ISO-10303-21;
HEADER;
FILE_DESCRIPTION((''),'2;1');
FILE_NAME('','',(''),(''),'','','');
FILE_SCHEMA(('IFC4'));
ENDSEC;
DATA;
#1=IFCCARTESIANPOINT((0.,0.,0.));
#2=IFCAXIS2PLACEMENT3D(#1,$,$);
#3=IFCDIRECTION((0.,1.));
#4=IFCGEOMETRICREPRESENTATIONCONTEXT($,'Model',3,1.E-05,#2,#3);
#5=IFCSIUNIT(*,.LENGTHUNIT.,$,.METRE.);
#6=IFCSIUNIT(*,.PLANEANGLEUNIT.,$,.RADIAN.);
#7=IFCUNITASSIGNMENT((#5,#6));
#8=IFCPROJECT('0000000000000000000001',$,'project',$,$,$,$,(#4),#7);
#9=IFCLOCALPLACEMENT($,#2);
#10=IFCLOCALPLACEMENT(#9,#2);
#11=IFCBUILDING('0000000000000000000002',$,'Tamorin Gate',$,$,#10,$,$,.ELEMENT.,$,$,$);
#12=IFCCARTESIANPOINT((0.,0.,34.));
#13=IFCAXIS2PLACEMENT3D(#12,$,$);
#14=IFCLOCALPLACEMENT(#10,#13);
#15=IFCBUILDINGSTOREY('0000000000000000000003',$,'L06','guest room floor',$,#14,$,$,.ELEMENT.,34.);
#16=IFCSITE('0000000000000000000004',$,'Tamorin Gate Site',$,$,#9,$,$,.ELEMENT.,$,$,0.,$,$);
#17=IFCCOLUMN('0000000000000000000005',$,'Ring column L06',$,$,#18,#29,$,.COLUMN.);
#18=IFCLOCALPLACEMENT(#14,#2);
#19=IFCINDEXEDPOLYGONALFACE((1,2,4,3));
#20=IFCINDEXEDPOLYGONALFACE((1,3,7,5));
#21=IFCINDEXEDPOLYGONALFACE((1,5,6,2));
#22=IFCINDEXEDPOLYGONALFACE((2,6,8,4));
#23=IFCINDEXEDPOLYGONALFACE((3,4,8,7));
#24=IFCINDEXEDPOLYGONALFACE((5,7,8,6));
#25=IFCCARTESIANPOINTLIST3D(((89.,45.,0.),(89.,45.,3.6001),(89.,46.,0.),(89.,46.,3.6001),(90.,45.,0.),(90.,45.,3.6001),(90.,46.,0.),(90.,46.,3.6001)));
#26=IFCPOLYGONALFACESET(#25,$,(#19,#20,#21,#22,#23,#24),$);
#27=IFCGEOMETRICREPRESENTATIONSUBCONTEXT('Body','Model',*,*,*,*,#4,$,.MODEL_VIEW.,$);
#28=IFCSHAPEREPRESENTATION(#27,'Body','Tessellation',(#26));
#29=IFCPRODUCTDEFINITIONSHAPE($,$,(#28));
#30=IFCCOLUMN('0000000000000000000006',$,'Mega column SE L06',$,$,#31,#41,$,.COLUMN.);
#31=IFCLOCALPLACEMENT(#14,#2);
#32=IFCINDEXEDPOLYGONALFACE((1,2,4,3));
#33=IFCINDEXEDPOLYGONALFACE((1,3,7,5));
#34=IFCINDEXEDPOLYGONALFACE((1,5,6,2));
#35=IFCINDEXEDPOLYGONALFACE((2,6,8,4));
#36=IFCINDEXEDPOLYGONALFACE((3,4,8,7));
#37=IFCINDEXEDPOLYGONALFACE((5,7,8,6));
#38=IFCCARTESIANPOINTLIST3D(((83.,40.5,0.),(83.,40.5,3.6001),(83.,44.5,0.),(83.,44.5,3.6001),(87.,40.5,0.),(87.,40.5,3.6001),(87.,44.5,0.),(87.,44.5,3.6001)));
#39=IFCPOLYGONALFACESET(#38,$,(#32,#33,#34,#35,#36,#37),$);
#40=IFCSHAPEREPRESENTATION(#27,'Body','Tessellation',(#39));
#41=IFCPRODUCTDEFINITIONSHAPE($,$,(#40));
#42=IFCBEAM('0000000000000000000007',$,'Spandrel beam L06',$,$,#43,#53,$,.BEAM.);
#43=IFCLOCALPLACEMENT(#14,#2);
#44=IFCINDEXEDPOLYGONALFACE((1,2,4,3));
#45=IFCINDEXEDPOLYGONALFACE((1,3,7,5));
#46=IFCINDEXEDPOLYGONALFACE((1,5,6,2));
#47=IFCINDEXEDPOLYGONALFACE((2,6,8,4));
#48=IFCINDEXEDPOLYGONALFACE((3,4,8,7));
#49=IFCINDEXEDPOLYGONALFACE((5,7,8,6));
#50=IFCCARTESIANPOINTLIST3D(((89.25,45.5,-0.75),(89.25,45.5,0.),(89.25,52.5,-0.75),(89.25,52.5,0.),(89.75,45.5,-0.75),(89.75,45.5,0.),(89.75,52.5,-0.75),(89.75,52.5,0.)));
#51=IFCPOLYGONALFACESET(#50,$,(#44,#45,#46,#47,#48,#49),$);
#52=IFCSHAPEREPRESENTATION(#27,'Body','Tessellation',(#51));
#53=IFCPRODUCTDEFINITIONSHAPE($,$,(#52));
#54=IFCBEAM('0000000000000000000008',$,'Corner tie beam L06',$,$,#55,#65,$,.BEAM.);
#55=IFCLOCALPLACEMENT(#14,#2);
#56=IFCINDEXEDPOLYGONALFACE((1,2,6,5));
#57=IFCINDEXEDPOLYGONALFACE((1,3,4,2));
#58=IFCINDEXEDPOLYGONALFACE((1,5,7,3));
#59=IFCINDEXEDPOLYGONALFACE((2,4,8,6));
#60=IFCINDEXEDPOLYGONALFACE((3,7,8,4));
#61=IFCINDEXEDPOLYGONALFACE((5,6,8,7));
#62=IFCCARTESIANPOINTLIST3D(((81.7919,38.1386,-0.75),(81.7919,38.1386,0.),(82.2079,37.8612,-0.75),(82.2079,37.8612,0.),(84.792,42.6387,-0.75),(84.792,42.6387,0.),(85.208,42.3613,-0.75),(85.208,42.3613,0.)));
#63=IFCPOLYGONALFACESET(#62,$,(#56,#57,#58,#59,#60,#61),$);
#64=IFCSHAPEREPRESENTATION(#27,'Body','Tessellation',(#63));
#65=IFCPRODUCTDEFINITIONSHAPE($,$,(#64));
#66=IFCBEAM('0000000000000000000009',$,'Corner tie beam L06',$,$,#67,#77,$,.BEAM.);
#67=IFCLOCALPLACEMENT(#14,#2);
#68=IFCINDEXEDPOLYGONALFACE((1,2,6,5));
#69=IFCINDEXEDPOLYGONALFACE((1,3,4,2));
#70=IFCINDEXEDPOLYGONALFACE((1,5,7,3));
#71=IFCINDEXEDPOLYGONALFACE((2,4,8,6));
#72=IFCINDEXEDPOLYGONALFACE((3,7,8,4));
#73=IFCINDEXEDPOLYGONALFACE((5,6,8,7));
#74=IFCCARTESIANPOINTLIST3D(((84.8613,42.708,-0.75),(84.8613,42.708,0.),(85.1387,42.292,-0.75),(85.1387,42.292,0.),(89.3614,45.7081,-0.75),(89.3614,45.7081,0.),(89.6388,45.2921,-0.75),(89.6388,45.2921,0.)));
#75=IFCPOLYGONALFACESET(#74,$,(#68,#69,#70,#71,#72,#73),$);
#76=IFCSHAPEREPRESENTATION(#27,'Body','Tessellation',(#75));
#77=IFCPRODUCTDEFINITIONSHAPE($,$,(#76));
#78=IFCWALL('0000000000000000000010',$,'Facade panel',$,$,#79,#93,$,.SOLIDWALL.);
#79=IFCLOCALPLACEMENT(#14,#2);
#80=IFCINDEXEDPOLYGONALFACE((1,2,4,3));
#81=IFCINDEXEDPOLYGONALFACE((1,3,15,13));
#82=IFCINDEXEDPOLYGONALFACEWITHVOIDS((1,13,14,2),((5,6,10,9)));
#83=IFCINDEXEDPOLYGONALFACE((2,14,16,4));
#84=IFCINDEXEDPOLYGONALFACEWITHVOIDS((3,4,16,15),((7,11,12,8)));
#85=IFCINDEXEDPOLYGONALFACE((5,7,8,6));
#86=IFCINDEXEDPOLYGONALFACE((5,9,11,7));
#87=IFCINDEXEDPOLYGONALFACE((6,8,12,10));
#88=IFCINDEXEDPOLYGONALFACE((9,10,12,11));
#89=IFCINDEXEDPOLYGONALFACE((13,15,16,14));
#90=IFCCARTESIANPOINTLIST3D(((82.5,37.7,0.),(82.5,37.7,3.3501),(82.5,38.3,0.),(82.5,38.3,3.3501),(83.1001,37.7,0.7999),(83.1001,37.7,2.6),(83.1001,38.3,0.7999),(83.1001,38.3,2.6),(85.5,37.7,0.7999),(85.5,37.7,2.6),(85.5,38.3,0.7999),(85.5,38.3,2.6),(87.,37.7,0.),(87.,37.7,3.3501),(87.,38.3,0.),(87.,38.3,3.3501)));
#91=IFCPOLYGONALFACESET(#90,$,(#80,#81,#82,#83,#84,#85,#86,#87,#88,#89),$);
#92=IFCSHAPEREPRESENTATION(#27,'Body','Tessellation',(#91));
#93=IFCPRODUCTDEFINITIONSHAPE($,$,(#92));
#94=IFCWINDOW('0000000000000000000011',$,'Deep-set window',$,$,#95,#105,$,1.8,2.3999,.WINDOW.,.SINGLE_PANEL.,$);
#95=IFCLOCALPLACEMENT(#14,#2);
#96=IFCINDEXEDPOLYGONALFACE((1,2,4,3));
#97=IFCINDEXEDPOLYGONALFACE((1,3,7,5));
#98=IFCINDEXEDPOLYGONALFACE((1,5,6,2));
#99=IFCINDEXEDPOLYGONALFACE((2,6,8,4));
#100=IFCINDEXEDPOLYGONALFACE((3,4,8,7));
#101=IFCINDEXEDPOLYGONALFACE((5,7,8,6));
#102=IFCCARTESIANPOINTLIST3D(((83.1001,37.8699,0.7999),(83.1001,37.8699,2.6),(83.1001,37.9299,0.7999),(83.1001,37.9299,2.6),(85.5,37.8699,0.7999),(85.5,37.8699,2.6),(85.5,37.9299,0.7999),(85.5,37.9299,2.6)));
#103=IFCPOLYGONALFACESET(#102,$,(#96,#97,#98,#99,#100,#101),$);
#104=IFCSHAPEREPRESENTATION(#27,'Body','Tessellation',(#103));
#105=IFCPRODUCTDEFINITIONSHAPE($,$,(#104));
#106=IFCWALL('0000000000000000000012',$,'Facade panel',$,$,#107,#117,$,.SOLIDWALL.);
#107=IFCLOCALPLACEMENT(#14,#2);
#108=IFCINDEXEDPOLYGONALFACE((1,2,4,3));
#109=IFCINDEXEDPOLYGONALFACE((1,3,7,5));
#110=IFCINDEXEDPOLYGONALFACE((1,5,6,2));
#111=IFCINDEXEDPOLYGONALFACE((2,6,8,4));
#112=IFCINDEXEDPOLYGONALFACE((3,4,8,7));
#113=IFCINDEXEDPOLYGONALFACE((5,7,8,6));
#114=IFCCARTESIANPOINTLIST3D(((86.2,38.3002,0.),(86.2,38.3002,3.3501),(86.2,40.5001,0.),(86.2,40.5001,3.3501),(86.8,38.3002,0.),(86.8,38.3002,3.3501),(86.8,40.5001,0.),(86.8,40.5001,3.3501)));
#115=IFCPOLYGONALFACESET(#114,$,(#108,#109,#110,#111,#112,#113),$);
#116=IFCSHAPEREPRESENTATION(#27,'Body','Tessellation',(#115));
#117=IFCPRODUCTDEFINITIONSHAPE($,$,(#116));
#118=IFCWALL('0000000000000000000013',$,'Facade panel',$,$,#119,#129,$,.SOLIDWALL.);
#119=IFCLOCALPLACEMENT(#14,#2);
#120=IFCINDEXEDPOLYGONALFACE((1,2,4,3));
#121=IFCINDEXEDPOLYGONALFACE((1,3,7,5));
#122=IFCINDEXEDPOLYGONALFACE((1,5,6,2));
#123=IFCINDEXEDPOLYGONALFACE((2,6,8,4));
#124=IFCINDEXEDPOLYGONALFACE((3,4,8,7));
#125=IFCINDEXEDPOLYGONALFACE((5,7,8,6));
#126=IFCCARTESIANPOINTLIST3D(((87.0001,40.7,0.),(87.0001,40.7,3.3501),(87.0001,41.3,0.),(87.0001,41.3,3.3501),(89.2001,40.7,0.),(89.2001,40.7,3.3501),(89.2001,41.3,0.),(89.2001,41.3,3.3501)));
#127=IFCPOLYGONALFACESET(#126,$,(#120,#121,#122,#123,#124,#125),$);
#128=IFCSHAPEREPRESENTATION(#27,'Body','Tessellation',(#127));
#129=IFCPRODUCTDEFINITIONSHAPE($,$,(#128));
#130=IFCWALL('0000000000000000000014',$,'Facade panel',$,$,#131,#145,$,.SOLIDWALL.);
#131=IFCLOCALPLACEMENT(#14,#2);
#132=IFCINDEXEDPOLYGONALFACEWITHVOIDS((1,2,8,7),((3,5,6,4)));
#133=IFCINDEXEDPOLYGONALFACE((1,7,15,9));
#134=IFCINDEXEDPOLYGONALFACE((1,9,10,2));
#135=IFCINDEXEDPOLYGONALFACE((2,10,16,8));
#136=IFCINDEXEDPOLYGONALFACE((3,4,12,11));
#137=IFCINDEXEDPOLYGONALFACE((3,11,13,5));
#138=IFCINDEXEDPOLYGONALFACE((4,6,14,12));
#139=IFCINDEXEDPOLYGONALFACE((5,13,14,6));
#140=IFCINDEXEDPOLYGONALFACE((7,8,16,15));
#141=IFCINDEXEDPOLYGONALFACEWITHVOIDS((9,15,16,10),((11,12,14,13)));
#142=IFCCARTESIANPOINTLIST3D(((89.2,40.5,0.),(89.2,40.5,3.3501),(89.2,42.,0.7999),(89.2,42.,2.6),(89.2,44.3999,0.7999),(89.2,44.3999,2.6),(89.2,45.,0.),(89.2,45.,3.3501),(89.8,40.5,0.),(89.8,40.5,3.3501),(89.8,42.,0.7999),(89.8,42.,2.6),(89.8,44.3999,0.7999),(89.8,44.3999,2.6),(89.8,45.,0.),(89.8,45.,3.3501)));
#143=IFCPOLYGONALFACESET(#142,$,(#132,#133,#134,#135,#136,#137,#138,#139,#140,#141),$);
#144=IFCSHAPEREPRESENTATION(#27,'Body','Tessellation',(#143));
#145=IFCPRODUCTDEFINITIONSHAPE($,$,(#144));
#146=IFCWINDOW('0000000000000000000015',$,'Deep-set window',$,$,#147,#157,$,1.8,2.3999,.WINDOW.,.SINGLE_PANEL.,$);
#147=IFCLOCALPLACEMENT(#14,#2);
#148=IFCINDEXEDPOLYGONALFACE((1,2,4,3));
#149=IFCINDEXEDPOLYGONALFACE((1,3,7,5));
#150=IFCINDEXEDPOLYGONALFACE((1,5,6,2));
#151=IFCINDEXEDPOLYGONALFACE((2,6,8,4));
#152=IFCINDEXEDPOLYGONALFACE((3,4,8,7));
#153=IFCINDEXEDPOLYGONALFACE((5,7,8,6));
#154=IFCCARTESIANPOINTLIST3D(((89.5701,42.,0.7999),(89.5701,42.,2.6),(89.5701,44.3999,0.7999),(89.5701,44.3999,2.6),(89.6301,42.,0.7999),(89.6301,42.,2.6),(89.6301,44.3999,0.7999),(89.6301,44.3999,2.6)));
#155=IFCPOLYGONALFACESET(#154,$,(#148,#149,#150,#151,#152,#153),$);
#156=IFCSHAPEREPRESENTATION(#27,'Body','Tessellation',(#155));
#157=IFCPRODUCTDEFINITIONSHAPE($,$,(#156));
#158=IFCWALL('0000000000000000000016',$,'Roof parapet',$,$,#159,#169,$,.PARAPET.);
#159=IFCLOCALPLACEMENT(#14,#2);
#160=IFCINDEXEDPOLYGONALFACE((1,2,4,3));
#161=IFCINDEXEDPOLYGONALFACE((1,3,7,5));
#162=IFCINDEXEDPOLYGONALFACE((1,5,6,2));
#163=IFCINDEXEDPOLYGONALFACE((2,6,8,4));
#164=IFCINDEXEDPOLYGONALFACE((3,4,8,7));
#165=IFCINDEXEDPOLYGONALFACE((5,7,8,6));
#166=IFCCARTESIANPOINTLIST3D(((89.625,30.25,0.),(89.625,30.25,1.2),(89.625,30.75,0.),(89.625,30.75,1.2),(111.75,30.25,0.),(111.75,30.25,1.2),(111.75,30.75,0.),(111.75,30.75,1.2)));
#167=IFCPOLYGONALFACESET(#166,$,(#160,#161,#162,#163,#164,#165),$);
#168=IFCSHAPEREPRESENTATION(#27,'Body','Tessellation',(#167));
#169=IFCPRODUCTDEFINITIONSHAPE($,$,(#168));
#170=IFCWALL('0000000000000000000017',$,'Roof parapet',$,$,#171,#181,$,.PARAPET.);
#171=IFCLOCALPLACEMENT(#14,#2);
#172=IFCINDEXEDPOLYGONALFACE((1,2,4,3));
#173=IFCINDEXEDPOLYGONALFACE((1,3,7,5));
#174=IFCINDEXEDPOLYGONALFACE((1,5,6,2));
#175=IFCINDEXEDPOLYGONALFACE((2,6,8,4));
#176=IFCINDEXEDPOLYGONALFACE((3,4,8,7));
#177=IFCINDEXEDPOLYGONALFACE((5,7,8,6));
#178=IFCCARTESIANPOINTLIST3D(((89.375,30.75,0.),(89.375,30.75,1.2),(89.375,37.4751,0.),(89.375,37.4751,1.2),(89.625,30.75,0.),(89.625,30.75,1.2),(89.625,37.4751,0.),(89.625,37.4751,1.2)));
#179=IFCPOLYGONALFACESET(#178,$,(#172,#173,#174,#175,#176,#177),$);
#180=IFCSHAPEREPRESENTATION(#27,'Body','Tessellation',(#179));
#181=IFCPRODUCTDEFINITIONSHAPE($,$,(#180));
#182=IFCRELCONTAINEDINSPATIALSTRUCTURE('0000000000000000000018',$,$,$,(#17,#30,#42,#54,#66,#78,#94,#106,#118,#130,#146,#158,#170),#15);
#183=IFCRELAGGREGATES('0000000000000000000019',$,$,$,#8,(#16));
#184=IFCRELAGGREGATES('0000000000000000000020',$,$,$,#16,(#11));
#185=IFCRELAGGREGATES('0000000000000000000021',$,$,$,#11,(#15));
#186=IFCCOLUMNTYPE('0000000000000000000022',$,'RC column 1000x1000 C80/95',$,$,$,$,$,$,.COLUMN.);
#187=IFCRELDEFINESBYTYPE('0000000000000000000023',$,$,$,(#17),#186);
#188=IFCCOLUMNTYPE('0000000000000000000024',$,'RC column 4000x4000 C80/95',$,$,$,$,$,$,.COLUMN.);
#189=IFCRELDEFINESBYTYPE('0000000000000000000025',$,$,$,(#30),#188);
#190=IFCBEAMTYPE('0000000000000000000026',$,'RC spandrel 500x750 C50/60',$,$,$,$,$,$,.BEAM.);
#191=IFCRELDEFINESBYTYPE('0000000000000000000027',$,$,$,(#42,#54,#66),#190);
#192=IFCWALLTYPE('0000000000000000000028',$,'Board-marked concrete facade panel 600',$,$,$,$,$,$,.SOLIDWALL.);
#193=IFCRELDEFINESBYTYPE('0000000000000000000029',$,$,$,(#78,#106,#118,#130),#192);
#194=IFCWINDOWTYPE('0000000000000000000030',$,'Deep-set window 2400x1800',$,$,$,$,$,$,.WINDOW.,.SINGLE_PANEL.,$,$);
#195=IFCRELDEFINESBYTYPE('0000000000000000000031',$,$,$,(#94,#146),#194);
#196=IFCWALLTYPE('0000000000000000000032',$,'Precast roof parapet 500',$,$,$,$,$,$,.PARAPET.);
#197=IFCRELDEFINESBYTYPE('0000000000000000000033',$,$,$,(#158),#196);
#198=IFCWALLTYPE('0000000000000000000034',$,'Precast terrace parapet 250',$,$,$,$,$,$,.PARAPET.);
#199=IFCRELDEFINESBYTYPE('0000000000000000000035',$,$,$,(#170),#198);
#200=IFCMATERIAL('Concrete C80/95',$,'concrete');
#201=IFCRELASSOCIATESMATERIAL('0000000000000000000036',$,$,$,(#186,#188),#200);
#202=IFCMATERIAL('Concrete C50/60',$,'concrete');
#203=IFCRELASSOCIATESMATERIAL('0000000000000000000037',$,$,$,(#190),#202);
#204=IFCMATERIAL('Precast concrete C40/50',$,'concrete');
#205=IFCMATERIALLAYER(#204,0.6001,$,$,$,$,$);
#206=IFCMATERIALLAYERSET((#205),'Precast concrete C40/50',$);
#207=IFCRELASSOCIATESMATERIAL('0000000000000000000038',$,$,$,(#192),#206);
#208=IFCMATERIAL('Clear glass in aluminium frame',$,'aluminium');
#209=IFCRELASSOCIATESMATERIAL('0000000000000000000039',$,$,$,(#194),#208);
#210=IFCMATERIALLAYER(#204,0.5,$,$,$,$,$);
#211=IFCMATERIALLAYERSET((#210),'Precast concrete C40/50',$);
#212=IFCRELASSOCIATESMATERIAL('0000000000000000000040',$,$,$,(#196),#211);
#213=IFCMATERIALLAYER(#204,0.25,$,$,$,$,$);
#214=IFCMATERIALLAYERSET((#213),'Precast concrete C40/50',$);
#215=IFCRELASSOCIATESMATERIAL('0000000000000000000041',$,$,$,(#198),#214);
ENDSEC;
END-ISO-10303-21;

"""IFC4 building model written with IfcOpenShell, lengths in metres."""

from ifc_helpers import new_model, si_unit, direction, frame, frame_2d, origin, origin_2d, place, context, subcontext, project, spatial, rectangle, extrude, material, layer, layer_set, material_profile, profile_set, type_object, element, fill, save


model = new_model("IFC4")

# Units and contexts
model_context = context("Model", 3, precision=1e-05, world=origin(), true_north=direction((0.0, 1.0)))
body_context = subcontext(model_context, "Body", "Model", "MODEL_VIEW")
ifc_project = project(units=[si_unit("LENGTHUNIT", "METRE"), si_unit("PLANEANGLEUNIT", "RADIAN")], contexts=[model_context])

# Site, building, storey
site_placement = place(None, origin())
site = spatial("IfcSite", under=ifc_project, at=site_placement, Name="Tamorin Gate Site", CompositionType="ELEMENT", RefElevation=0.0)
building_placement = place(site_placement, origin())
building = spatial("IfcBuilding", under=site, at=building_placement, Name="Tamorin Gate", CompositionType="ELEMENT")
storey_placement = place(building_placement, frame((0.0, 0.0, 34.0)))
storey = spatial("IfcBuildingStorey", under=building, at=storey_placement, Name="L06", Description="guest room floor", CompositionType="ELEMENT", Elevation=34.0)

# Columns
ifc_material_1 = material(Name="Concrete C80/95", Category="concrete")
ifc_material_profile_1 = material_profile(ifc_material_1, rectangle(XDim=1.0, YDim=1.0, at=origin_2d()), Name="RC 1000x1000")
ifc_profile_set_1 = profile_set([ifc_material_profile_1], Name="Concrete C80/95")
column_type_1 = type_object("IfcColumnType", Name="RC column 1000x1000 C80/95", PredefinedType="COLUMN", material=ifc_profile_set_1)
column_1_placement = place(storey_placement, frame((89.5, 45.5, 0.0), z_axis=(0.0, 0.0, 1.0), x_axis=(1.0, 0.0, 0.0)))
element("IfcColumn", 1, at=column_1_placement, inside=storey, type_object=column_type_1, Name="Ring column L06", PredefinedType="COLUMN", context=body_context, shape_type="SweptSolid", body=[
    extrude(rectangle(XDim=1.0, YDim=1.0, at=origin_2d()), origin(), (0.0, 0.0, 1.0), 3.6001),
])
ifc_material_profile_2 = material_profile(ifc_material_1, rectangle(XDim=4.0, YDim=4.0, at=origin_2d()), Name="RC 4000x4000")
ifc_profile_set_2 = profile_set([ifc_material_profile_2], Name="Concrete C80/95")
column_type_2 = type_object("IfcColumnType", Name="RC column 4000x4000 C80/95", PredefinedType="COLUMN", material=ifc_profile_set_2)
column_2_placement = place(storey_placement, frame((85.0, 42.5, 0.0), z_axis=(0.0, 0.0, 1.0), x_axis=(1.0, 0.0, 0.0)))
element("IfcColumn", 2, at=column_2_placement, inside=storey, type_object=column_type_2, Name="Mega column SE L06", PredefinedType="COLUMN", context=body_context, shape_type="SweptSolid", body=[
    extrude(rectangle(XDim=4.0, YDim=4.0, at=origin_2d()), origin(), (0.0, 0.0, 1.0), 3.6001),
])

# Beams
ifc_material_2 = material(Name="Concrete C50/60", Category="concrete")
ifc_material_profile_3 = material_profile(ifc_material_2, rectangle(XDim=0.5, YDim=0.75, at=origin_2d()), Name="RC 500x750")
ifc_profile_set_3 = profile_set([ifc_material_profile_3], Name="Concrete C50/60")
beam_type = type_object("IfcBeamType", Name="RC spandrel 500x750 C50/60", PredefinedType="BEAM", material=ifc_profile_set_3)
beam_placement = place(storey_placement, frame((89.5, 45.5, -0.375), z_axis=(0.0, 1.0, 0.0), x_axis=(-1.0, 0.0, 0.0)))
element("IfcBeam", 3, at=beam_placement, inside=storey, type_object=beam_type, Name="Spandrel beam L06", PredefinedType="BEAM", context=body_context, shape_type="SweptSolid", body=[
    extrude(rectangle(XDim=0.5, YDim=0.75, at=origin_2d()), origin(), (0.0, 0.0, 1.0), 7.0),
])
for number, where, z_axis, x_axis, name in (
    (4, (85.0, 42.5, -0.375), (-0.5547, -0.83205, 0.0), (0.83205, -0.5547, 0.0), "Corner tie beam L06"),
    (5, (85.0, 42.5, -0.375), (0.83205, 0.5547, 0.0), (-0.5547, 0.83205, 0.0), "Corner tie beam L06"),
):
    element("IfcBeam", number, at=place(storey_placement, frame(where, z_axis=z_axis, x_axis=x_axis)), inside=storey, type_object=beam_type, Name=name, PredefinedType="BEAM", context=body_context, shape_type="SweptSolid", body=[
        extrude(rectangle(XDim=0.5, YDim=0.75, at=origin_2d()), origin(), (0.0, 0.0, 1.0), 5.4084),
    ])

# Wall, opening, window
ifc_material_3 = material(Name="Precast concrete C40/50", Category="concrete")
ifc_layer_1 = layer(ifc_material_3, 0.6001)
ifc_layer_set_1 = layer_set([ifc_layer_1], Name="Precast concrete C40/50")
wall_type_1 = type_object("IfcWallType", Name="Board-marked concrete facade panel 600", PredefinedType="SOLIDWALL", material=ifc_layer_set_1)
wall_1_placement = place(storey_placement, frame((82.5, 38.0, 0.0), z_axis=(0.0, 0.0, 1.0), x_axis=(1.0, 0.0, 0.0)))
wall_1 = element("IfcWall", 6, at=wall_1_placement, inside=storey, type_object=wall_type_1, Name="Facade panel", PredefinedType="SOLIDWALL", context=body_context, shape_type="SweptSolid", body=[
    extrude(rectangle(XDim=4.5, YDim=0.6001, at=frame_2d((2.25, 0.0))), origin(), (0.0, 0.0, 1.0), 3.3501),
])
opening_1_placement = place(wall_1_placement, frame((0.6001, 0.0, 0.8)))
opening_1 = element("IfcOpeningElement", 7, at=opening_1_placement, cuts=wall_1, PredefinedType="OPENING", context=body_context, shape_type="SweptSolid", body=[
    extrude(rectangle(XDim=2.3999, YDim=1.8, at=frame_2d((1.2, 0.8999))), frame((0.0, 0.3101, 0.0), z_axis=(0.0, -1.0, 0.0), x_axis=(1.0, 0.0, 0.0)), (0.0, 0.0, 1.0), 0.6201),
])
ifc_material_4 = material(Name="Clear glass in aluminium frame", Category="aluminium")
window_type = type_object("IfcWindowType", Name="Deep-set window 2400x1800", PartitioningType="SINGLE_PANEL", PredefinedType="WINDOW", material=ifc_material_4)
window_1_placement = place(opening_1_placement, origin())
window_1 = element("IfcWindow", 8, at=window_1_placement, inside=storey, type_object=window_type, Name="Deep-set window", OverallHeight=1.8, OverallWidth=2.3999, PartitioningType="SINGLE_PANEL", PredefinedType="WINDOW", context=body_context, shape_type="SweptSolid", body=[
    extrude(rectangle(XDim=2.3999, YDim=1.8, at=frame_2d((1.2, 0.8999))), frame((0.0, -0.0701, 0.0), z_axis=(0.0, -1.0, 0.0), x_axis=(1.0, 0.0, 0.0)), (0.0, 0.0, 1.0), 0.0601),
])
fill(opening_1, window_1)

# Walls
for number, where, z_axis, x_axis, name in (
    (9, (86.5, 38.3, 0.0), (0.0, 0.0, 1.0), (0.0, 1.0, 0.0), "Facade panel"),
    (10, (87.0, 41.0, 0.0), (0.0, 0.0, 1.0), (1.0, 0.0, 0.0), "Facade panel"),
):
    element("IfcWall", number, at=place(storey_placement, frame(where, z_axis=z_axis, x_axis=x_axis)), inside=storey, type_object=wall_type_1, Name=name, PredefinedType="SOLIDWALL", context=body_context, shape_type="SweptSolid", body=[
        extrude(rectangle(XDim=2.2, YDim=0.6001, at=frame_2d((1.1001, 0.0))), origin(), (0.0, 0.0, 1.0), 3.3501),
    ])

# Wall, opening, window
wall_2_placement = place(storey_placement, frame((89.5, 40.5, 0.0), z_axis=(0.0, 0.0, 1.0), x_axis=(0.0, 1.0, 0.0)))
wall_2 = element("IfcWall", 11, at=wall_2_placement, inside=storey, type_object=wall_type_1, Name="Facade panel", PredefinedType="SOLIDWALL", context=body_context, shape_type="SweptSolid", body=[
    extrude(rectangle(XDim=4.5, YDim=0.6001, at=frame_2d((2.25, 0.0))), origin(), (0.0, 0.0, 1.0), 3.3501),
])
opening_2_placement = place(wall_2_placement, frame((1.5, 0.0, 0.8)))
opening_2 = element("IfcOpeningElement", 12, at=opening_2_placement, cuts=wall_2, PredefinedType="OPENING", context=body_context, shape_type="SweptSolid", body=[
    extrude(rectangle(XDim=2.3999, YDim=1.8, at=frame_2d((1.2, 0.8999))), frame((0.0, 0.3101, 0.0), z_axis=(0.0, -1.0, 0.0), x_axis=(1.0, 0.0, 0.0)), (0.0, 0.0, 1.0), 0.6201),
])
window_2_placement = place(opening_2_placement, origin())
window_2 = element("IfcWindow", 13, at=window_2_placement, inside=storey, type_object=window_type, Name="Deep-set window", OverallHeight=1.8, OverallWidth=2.3999, PartitioningType="SINGLE_PANEL", PredefinedType="WINDOW", context=body_context, shape_type="SweptSolid", body=[
    extrude(rectangle(XDim=2.3999, YDim=1.8, at=frame_2d((1.2, 0.8999))), frame((0.0, -0.0701, 0.0), z_axis=(0.0, -1.0, 0.0), x_axis=(1.0, 0.0, 0.0)), (0.0, 0.0, 1.0), 0.0601),
])
fill(opening_2, window_2)

# Walls
ifc_layer_2 = layer(ifc_material_3, 0.5)
ifc_layer_set_2 = layer_set([ifc_layer_2], Name="Precast concrete C40/50")
wall_type_2 = type_object("IfcWallType", Name="Precast roof parapet 500", PredefinedType="PARAPET", material=ifc_layer_set_2)
wall_3_placement = place(storey_placement, frame((89.625, 30.5, 0.0), z_axis=(0.0, 0.0, 1.0), x_axis=(1.0, 0.0, 0.0)))
element("IfcWall", 14, at=wall_3_placement, inside=storey, type_object=wall_type_2, Name="Roof parapet", PredefinedType="PARAPET", context=body_context, shape_type="SweptSolid", body=[
    extrude(rectangle(XDim=22.125, YDim=0.5, at=frame_2d((11.0625, 0.0))), origin(), (0.0, 0.0, 1.0), 1.2),
])
ifc_layer_3 = layer(ifc_material_3, 0.25)
ifc_layer_set_3 = layer_set([ifc_layer_3], Name="Precast concrete C40/50")
wall_type_3 = type_object("IfcWallType", Name="Precast terrace parapet 250", PredefinedType="PARAPET", material=ifc_layer_set_3)
wall_4_placement = place(storey_placement, frame((89.5, 37.4751, 0.0), z_axis=(0.0, 0.0, 1.0), x_axis=(0.0, -1.0, 0.0)))
element("IfcWall", 15, at=wall_4_placement, inside=storey, type_object=wall_type_3, Name="Roof parapet", PredefinedType="PARAPET", context=body_context, shape_type="SweptSolid", body=[
    extrude(rectangle(XDim=6.7251, YDim=0.25, at=frame_2d((3.3625, 0.0))), origin(), (0.0, 0.0, 1.0), 1.2),
])

save(model, "model.ifc")
